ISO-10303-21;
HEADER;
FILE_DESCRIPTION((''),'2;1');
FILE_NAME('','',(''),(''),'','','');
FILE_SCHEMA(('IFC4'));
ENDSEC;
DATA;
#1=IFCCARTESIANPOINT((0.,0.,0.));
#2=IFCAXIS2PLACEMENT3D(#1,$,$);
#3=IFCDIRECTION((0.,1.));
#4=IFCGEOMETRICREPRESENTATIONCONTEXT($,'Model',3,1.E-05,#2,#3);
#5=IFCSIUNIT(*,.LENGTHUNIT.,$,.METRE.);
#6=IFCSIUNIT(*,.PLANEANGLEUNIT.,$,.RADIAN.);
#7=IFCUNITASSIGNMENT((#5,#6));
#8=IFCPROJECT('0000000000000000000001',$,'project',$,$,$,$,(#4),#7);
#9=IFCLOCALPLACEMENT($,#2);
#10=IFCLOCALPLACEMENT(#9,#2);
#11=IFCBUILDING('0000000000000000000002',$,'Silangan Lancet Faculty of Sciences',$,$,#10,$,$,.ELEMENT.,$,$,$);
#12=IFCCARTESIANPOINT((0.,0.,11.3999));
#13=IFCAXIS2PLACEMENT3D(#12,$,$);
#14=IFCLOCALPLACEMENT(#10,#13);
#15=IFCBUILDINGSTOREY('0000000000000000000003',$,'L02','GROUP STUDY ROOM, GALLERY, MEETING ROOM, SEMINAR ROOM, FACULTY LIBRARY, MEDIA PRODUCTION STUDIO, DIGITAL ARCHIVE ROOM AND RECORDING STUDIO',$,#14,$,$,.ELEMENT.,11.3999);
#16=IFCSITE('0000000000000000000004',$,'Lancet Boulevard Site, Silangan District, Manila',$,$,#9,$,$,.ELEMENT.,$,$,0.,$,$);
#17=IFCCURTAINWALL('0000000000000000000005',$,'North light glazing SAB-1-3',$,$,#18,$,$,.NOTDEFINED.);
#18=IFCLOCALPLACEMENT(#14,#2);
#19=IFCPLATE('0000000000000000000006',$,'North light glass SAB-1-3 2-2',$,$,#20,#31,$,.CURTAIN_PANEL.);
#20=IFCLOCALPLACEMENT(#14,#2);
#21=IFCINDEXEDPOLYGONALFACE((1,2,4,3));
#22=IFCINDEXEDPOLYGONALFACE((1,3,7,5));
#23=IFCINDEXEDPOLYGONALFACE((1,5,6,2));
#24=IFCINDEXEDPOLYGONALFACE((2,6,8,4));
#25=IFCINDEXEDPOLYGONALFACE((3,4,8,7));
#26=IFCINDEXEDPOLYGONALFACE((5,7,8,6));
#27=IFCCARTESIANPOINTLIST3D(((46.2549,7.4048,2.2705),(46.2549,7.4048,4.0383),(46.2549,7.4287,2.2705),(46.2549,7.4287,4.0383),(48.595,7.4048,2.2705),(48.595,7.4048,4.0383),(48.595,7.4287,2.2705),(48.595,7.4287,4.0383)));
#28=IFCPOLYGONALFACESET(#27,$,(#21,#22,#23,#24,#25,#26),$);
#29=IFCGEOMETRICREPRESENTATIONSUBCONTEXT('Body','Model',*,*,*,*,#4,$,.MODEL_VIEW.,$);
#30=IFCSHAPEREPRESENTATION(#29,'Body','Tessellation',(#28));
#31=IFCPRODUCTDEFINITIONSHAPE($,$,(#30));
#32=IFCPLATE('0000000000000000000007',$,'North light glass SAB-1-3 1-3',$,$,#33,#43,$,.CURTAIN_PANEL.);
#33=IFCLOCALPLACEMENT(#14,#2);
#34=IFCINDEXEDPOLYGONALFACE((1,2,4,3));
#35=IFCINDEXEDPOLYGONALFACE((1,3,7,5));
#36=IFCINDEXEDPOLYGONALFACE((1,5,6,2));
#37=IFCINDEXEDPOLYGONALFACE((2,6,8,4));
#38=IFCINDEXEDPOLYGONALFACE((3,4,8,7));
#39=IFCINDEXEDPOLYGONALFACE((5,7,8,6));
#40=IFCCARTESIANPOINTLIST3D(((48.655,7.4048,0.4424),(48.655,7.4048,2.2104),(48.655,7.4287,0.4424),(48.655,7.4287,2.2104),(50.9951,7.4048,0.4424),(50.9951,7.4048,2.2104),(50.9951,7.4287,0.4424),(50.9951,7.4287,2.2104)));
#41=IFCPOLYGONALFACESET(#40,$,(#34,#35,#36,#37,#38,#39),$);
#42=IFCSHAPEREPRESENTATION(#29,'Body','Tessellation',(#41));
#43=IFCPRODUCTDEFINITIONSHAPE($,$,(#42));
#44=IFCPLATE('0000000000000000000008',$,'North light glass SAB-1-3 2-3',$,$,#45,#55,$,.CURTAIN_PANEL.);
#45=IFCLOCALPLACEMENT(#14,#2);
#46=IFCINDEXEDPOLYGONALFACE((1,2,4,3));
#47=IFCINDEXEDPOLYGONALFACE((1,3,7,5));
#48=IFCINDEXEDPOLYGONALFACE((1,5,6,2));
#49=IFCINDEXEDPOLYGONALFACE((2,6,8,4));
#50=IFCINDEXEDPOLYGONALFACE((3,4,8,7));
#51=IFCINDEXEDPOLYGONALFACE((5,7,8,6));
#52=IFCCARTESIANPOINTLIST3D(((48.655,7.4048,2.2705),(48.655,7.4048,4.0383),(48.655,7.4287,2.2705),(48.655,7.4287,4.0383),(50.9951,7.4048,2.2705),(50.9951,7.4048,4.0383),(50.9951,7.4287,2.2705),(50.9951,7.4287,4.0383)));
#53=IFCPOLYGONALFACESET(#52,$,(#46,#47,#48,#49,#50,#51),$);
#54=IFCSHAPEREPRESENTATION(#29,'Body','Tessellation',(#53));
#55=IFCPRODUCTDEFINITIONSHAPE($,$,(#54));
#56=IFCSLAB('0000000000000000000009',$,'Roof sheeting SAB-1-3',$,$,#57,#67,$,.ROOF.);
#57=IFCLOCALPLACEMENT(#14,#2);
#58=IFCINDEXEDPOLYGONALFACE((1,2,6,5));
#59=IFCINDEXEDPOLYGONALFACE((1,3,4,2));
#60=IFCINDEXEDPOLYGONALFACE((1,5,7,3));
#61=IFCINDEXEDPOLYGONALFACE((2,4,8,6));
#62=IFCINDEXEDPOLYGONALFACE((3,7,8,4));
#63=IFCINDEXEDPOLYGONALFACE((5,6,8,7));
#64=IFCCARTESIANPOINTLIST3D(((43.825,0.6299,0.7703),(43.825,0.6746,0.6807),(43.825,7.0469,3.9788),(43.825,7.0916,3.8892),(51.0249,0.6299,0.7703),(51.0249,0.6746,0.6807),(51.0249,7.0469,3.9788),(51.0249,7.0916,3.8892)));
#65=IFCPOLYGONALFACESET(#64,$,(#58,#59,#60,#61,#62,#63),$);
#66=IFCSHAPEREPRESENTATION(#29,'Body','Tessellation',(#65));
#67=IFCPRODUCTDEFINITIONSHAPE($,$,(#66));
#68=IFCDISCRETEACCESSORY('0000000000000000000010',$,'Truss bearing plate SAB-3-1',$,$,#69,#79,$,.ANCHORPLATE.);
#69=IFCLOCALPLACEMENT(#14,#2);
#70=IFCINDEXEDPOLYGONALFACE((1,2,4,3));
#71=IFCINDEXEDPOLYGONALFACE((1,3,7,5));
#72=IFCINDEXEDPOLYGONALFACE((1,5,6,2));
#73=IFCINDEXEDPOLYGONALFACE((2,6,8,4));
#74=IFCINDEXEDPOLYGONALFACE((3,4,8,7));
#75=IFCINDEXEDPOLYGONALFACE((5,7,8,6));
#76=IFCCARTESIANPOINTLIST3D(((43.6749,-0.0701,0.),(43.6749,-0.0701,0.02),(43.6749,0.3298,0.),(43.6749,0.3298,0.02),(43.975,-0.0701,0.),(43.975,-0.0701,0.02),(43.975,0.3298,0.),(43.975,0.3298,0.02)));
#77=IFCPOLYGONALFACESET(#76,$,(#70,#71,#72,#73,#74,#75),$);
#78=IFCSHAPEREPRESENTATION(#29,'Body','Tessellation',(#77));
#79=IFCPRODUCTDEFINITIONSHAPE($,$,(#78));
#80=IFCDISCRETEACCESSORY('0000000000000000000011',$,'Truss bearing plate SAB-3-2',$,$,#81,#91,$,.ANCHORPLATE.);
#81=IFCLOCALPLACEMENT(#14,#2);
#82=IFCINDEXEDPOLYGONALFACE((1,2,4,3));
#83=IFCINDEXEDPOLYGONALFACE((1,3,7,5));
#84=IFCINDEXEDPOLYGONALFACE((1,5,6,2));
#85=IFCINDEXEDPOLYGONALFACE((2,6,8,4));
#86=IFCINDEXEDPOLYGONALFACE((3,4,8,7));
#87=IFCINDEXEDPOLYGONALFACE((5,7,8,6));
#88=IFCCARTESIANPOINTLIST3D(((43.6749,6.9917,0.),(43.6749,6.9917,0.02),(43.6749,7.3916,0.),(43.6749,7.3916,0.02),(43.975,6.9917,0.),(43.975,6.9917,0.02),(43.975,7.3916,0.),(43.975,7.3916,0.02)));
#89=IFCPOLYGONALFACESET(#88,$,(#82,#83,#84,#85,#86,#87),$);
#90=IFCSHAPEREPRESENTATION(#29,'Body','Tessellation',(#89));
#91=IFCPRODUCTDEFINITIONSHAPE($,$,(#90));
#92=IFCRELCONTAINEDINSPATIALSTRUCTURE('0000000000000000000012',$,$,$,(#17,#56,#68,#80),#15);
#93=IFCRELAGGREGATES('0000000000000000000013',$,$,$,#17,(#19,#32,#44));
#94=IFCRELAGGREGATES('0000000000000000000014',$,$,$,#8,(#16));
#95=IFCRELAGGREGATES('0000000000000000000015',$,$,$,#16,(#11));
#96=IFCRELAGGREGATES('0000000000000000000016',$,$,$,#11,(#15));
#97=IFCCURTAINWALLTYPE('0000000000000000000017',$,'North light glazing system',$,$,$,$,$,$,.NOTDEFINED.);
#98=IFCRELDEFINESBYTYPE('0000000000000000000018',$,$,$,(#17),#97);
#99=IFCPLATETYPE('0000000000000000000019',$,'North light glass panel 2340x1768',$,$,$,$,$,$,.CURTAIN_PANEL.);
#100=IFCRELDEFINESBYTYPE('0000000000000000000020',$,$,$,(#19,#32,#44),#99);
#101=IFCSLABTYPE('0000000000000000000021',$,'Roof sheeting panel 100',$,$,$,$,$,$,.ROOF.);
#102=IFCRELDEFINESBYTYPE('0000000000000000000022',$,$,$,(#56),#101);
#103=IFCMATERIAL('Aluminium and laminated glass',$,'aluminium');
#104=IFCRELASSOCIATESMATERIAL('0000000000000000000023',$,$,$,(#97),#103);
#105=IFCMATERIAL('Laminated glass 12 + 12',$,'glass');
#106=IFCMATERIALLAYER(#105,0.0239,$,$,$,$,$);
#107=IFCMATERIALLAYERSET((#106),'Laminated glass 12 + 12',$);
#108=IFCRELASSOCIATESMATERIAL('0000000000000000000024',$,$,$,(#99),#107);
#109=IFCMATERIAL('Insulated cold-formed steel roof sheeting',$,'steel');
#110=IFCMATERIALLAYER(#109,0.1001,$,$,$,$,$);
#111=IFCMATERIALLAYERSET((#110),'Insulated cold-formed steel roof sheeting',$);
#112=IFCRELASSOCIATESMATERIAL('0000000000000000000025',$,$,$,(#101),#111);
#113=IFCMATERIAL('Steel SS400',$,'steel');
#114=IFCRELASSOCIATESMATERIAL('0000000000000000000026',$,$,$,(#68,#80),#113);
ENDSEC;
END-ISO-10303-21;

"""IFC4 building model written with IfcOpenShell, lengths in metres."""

from ifc_helpers import new_model, si_unit, direction, frame, origin, origin_2d, place, context, subcontext, project, spatial, polyline, rectangle, outline, extrude, material, layer, layer_set, type_object, element, aggregate, save


model = new_model("IFC4")

# Units and contexts
model_context = context("Model", 3, precision=1e-05, world=origin(), true_north=direction((0.0, 1.0)))
body_context = subcontext(model_context, "Body", "Model", "MODEL_VIEW")
ifc_project = project(units=[si_unit("LENGTHUNIT", "METRE"), si_unit("PLANEANGLEUNIT", "RADIAN")], contexts=[model_context])

# Site, building, storey
site_placement = place(None, origin())
site = spatial("IfcSite", under=ifc_project, at=site_placement, Name="Lancet Boulevard Site, Silangan District, Manila", CompositionType="ELEMENT", RefElevation=0.0)
building_placement = place(site_placement, origin())
building = spatial("IfcBuilding", under=site, at=building_placement, Name="Silangan Lancet Faculty of Sciences", CompositionType="ELEMENT")
storey_placement = place(building_placement, frame((0.0, 0.0, 11.3999)))
storey = spatial("IfcBuildingStorey", under=building, at=storey_placement, Name="L02", Description="GROUP STUDY ROOM, GALLERY, MEETING ROOM, SEMINAR ROOM, FACULTY LIBRARY, MEDIA PRODUCTION STUDIO, DIGITAL ARCHIVE ROOM AND RECORDING STUDIO", CompositionType="ELEMENT", Elevation=11.3999)

# Curtain wall, plates
ifc_material_1 = material(Name="Aluminium and laminated glass", Category="aluminium")
curtain_wall_type = type_object("IfcCurtainWallType", Name="North light glazing system", PredefinedType="NOTDEFINED", material=ifc_material_1)
ifc_material_2 = material(Name="Laminated glass 12 + 12", Category="glass")
ifc_layer_1 = layer(ifc_material_2, 0.0239)
ifc_layer_set_1 = layer_set([ifc_layer_1], Name="Laminated glass 12 + 12")
plate_type = type_object("IfcPlateType", Name="North light glass panel 2340x1768", PredefinedType="CURTAIN_PANEL", material=ifc_layer_set_1)
curtain_wall_1_placement = place(storey_placement, origin())
curtain_wall_1 = element("IfcCurtainWall", 1, at=curtain_wall_1_placement, inside=storey, type_object=curtain_wall_type, Name="North light glazing SAB-1-3", PredefinedType="NOTDEFINED")
plate_1_placement = place(storey_placement, frame((46.2549, 7.4048, 2.2705), z_axis=(0.0, -1.0, 0.0), x_axis=(1.0, 0.0, 0.0)))
plate_1 = element("IfcPlate", 2, at=plate_1_placement, type_object=plate_type, Name="North light glass SAB-1-3 2-2", PredefinedType="CURTAIN_PANEL", context=body_context, shape_type="SweptSolid", body=[
    extrude(outline(polyline([(0.0, 0.0), (2.3401, 0.0), (2.3401, 1.7678), (0.0, 1.7678), (0.0, 0.0)])), origin(), (0.0, 0.0, -1.0), 0.0239),
])
plate_2_placement = place(storey_placement, frame((48.655, 7.4048, 0.4424), z_axis=(0.0, -1.0, 0.0), x_axis=(1.0, 0.0, 0.0)))
plate_2 = element("IfcPlate", 3, at=plate_2_placement, type_object=plate_type, Name="North light glass SAB-1-3 1-3", PredefinedType="CURTAIN_PANEL", context=body_context, shape_type="SweptSolid", body=[
    extrude(outline(polyline([(0.0, 0.0), (2.3401, 0.0), (2.3401, 1.7681), (0.0, 1.7681), (0.0, 0.0)])), origin(), (0.0, 0.0, -1.0), 0.0239),
])
plate_3_placement = place(storey_placement, frame((48.655, 7.4048, 2.2705), z_axis=(0.0, -1.0, 0.0), x_axis=(1.0, 0.0, 0.0)))
plate_3 = element("IfcPlate", 4, at=plate_3_placement, type_object=plate_type, Name="North light glass SAB-1-3 2-3", PredefinedType="CURTAIN_PANEL", context=body_context, shape_type="SweptSolid", body=[
    extrude(outline(polyline([(0.0, 0.0), (2.3401, 0.0), (2.3401, 1.7678), (0.0, 1.7678), (0.0, 0.0)])), origin(), (0.0, 0.0, -1.0), 0.0239),
])
aggregate(curtain_wall_1, [plate_1, plate_2, plate_3])

# Slab
ifc_material_3 = material(Name="Insulated cold-formed steel roof sheeting", Category="steel")
ifc_layer_2 = layer(ifc_material_3, 0.1001)
ifc_layer_set_2 = layer_set([ifc_layer_2], Name="Insulated cold-formed steel roof sheeting")
slab_type = type_object("IfcSlabType", Name="Roof sheeting panel 100", PredefinedType="ROOF", material=ifc_layer_set_2)
slab_placement = place(storey_placement, frame((43.825, 0.6299, 0.7703), z_axis=(0.0, -0.447214, 0.894427), x_axis=(1.0, 0.0, 0.0)))
element("IfcSlab", 5, at=slab_placement, inside=storey, type_object=slab_type, Name="Roof sheeting SAB-1-3", PredefinedType="ROOF", context=body_context, shape_type="SweptSolid", body=[
    extrude(outline(polyline([(0.0, 0.0), (7.2, 0.0), (7.2, 7.1744), (0.0, 7.1744), (0.0, 0.0)])), origin(), (0.0, 0.0, -1.0), 0.1001),
])

# Discrete accessories
ifc_material_4 = material(Name="Steel SS400", Category="steel")
for number, where, z_axis, x_axis, name in (
    (6, (43.825, 0.1299, 0.0), (0.0, 0.0, 1.0), (1.0, 0.0, 0.0), "Truss bearing plate SAB-3-1"),
    (7, (43.825, 7.1917, 0.0), (0.0, 0.0, 1.0), (1.0, 0.0, 0.0), "Truss bearing plate SAB-3-2"),
):
    element("IfcDiscreteAccessory", number, at=place(storey_placement, frame(where, z_axis=z_axis, x_axis=x_axis)), inside=storey, material=ifc_material_4, Name=name, PredefinedType="ANCHORPLATE", context=body_context, shape_type="SweptSolid", body=[
        extrude(rectangle(XDim=0.3, YDim=0.3999, at=origin_2d()), origin(), (0.0, 0.0, 1.0), 0.02),
    ])

save(model, "model.ifc")
